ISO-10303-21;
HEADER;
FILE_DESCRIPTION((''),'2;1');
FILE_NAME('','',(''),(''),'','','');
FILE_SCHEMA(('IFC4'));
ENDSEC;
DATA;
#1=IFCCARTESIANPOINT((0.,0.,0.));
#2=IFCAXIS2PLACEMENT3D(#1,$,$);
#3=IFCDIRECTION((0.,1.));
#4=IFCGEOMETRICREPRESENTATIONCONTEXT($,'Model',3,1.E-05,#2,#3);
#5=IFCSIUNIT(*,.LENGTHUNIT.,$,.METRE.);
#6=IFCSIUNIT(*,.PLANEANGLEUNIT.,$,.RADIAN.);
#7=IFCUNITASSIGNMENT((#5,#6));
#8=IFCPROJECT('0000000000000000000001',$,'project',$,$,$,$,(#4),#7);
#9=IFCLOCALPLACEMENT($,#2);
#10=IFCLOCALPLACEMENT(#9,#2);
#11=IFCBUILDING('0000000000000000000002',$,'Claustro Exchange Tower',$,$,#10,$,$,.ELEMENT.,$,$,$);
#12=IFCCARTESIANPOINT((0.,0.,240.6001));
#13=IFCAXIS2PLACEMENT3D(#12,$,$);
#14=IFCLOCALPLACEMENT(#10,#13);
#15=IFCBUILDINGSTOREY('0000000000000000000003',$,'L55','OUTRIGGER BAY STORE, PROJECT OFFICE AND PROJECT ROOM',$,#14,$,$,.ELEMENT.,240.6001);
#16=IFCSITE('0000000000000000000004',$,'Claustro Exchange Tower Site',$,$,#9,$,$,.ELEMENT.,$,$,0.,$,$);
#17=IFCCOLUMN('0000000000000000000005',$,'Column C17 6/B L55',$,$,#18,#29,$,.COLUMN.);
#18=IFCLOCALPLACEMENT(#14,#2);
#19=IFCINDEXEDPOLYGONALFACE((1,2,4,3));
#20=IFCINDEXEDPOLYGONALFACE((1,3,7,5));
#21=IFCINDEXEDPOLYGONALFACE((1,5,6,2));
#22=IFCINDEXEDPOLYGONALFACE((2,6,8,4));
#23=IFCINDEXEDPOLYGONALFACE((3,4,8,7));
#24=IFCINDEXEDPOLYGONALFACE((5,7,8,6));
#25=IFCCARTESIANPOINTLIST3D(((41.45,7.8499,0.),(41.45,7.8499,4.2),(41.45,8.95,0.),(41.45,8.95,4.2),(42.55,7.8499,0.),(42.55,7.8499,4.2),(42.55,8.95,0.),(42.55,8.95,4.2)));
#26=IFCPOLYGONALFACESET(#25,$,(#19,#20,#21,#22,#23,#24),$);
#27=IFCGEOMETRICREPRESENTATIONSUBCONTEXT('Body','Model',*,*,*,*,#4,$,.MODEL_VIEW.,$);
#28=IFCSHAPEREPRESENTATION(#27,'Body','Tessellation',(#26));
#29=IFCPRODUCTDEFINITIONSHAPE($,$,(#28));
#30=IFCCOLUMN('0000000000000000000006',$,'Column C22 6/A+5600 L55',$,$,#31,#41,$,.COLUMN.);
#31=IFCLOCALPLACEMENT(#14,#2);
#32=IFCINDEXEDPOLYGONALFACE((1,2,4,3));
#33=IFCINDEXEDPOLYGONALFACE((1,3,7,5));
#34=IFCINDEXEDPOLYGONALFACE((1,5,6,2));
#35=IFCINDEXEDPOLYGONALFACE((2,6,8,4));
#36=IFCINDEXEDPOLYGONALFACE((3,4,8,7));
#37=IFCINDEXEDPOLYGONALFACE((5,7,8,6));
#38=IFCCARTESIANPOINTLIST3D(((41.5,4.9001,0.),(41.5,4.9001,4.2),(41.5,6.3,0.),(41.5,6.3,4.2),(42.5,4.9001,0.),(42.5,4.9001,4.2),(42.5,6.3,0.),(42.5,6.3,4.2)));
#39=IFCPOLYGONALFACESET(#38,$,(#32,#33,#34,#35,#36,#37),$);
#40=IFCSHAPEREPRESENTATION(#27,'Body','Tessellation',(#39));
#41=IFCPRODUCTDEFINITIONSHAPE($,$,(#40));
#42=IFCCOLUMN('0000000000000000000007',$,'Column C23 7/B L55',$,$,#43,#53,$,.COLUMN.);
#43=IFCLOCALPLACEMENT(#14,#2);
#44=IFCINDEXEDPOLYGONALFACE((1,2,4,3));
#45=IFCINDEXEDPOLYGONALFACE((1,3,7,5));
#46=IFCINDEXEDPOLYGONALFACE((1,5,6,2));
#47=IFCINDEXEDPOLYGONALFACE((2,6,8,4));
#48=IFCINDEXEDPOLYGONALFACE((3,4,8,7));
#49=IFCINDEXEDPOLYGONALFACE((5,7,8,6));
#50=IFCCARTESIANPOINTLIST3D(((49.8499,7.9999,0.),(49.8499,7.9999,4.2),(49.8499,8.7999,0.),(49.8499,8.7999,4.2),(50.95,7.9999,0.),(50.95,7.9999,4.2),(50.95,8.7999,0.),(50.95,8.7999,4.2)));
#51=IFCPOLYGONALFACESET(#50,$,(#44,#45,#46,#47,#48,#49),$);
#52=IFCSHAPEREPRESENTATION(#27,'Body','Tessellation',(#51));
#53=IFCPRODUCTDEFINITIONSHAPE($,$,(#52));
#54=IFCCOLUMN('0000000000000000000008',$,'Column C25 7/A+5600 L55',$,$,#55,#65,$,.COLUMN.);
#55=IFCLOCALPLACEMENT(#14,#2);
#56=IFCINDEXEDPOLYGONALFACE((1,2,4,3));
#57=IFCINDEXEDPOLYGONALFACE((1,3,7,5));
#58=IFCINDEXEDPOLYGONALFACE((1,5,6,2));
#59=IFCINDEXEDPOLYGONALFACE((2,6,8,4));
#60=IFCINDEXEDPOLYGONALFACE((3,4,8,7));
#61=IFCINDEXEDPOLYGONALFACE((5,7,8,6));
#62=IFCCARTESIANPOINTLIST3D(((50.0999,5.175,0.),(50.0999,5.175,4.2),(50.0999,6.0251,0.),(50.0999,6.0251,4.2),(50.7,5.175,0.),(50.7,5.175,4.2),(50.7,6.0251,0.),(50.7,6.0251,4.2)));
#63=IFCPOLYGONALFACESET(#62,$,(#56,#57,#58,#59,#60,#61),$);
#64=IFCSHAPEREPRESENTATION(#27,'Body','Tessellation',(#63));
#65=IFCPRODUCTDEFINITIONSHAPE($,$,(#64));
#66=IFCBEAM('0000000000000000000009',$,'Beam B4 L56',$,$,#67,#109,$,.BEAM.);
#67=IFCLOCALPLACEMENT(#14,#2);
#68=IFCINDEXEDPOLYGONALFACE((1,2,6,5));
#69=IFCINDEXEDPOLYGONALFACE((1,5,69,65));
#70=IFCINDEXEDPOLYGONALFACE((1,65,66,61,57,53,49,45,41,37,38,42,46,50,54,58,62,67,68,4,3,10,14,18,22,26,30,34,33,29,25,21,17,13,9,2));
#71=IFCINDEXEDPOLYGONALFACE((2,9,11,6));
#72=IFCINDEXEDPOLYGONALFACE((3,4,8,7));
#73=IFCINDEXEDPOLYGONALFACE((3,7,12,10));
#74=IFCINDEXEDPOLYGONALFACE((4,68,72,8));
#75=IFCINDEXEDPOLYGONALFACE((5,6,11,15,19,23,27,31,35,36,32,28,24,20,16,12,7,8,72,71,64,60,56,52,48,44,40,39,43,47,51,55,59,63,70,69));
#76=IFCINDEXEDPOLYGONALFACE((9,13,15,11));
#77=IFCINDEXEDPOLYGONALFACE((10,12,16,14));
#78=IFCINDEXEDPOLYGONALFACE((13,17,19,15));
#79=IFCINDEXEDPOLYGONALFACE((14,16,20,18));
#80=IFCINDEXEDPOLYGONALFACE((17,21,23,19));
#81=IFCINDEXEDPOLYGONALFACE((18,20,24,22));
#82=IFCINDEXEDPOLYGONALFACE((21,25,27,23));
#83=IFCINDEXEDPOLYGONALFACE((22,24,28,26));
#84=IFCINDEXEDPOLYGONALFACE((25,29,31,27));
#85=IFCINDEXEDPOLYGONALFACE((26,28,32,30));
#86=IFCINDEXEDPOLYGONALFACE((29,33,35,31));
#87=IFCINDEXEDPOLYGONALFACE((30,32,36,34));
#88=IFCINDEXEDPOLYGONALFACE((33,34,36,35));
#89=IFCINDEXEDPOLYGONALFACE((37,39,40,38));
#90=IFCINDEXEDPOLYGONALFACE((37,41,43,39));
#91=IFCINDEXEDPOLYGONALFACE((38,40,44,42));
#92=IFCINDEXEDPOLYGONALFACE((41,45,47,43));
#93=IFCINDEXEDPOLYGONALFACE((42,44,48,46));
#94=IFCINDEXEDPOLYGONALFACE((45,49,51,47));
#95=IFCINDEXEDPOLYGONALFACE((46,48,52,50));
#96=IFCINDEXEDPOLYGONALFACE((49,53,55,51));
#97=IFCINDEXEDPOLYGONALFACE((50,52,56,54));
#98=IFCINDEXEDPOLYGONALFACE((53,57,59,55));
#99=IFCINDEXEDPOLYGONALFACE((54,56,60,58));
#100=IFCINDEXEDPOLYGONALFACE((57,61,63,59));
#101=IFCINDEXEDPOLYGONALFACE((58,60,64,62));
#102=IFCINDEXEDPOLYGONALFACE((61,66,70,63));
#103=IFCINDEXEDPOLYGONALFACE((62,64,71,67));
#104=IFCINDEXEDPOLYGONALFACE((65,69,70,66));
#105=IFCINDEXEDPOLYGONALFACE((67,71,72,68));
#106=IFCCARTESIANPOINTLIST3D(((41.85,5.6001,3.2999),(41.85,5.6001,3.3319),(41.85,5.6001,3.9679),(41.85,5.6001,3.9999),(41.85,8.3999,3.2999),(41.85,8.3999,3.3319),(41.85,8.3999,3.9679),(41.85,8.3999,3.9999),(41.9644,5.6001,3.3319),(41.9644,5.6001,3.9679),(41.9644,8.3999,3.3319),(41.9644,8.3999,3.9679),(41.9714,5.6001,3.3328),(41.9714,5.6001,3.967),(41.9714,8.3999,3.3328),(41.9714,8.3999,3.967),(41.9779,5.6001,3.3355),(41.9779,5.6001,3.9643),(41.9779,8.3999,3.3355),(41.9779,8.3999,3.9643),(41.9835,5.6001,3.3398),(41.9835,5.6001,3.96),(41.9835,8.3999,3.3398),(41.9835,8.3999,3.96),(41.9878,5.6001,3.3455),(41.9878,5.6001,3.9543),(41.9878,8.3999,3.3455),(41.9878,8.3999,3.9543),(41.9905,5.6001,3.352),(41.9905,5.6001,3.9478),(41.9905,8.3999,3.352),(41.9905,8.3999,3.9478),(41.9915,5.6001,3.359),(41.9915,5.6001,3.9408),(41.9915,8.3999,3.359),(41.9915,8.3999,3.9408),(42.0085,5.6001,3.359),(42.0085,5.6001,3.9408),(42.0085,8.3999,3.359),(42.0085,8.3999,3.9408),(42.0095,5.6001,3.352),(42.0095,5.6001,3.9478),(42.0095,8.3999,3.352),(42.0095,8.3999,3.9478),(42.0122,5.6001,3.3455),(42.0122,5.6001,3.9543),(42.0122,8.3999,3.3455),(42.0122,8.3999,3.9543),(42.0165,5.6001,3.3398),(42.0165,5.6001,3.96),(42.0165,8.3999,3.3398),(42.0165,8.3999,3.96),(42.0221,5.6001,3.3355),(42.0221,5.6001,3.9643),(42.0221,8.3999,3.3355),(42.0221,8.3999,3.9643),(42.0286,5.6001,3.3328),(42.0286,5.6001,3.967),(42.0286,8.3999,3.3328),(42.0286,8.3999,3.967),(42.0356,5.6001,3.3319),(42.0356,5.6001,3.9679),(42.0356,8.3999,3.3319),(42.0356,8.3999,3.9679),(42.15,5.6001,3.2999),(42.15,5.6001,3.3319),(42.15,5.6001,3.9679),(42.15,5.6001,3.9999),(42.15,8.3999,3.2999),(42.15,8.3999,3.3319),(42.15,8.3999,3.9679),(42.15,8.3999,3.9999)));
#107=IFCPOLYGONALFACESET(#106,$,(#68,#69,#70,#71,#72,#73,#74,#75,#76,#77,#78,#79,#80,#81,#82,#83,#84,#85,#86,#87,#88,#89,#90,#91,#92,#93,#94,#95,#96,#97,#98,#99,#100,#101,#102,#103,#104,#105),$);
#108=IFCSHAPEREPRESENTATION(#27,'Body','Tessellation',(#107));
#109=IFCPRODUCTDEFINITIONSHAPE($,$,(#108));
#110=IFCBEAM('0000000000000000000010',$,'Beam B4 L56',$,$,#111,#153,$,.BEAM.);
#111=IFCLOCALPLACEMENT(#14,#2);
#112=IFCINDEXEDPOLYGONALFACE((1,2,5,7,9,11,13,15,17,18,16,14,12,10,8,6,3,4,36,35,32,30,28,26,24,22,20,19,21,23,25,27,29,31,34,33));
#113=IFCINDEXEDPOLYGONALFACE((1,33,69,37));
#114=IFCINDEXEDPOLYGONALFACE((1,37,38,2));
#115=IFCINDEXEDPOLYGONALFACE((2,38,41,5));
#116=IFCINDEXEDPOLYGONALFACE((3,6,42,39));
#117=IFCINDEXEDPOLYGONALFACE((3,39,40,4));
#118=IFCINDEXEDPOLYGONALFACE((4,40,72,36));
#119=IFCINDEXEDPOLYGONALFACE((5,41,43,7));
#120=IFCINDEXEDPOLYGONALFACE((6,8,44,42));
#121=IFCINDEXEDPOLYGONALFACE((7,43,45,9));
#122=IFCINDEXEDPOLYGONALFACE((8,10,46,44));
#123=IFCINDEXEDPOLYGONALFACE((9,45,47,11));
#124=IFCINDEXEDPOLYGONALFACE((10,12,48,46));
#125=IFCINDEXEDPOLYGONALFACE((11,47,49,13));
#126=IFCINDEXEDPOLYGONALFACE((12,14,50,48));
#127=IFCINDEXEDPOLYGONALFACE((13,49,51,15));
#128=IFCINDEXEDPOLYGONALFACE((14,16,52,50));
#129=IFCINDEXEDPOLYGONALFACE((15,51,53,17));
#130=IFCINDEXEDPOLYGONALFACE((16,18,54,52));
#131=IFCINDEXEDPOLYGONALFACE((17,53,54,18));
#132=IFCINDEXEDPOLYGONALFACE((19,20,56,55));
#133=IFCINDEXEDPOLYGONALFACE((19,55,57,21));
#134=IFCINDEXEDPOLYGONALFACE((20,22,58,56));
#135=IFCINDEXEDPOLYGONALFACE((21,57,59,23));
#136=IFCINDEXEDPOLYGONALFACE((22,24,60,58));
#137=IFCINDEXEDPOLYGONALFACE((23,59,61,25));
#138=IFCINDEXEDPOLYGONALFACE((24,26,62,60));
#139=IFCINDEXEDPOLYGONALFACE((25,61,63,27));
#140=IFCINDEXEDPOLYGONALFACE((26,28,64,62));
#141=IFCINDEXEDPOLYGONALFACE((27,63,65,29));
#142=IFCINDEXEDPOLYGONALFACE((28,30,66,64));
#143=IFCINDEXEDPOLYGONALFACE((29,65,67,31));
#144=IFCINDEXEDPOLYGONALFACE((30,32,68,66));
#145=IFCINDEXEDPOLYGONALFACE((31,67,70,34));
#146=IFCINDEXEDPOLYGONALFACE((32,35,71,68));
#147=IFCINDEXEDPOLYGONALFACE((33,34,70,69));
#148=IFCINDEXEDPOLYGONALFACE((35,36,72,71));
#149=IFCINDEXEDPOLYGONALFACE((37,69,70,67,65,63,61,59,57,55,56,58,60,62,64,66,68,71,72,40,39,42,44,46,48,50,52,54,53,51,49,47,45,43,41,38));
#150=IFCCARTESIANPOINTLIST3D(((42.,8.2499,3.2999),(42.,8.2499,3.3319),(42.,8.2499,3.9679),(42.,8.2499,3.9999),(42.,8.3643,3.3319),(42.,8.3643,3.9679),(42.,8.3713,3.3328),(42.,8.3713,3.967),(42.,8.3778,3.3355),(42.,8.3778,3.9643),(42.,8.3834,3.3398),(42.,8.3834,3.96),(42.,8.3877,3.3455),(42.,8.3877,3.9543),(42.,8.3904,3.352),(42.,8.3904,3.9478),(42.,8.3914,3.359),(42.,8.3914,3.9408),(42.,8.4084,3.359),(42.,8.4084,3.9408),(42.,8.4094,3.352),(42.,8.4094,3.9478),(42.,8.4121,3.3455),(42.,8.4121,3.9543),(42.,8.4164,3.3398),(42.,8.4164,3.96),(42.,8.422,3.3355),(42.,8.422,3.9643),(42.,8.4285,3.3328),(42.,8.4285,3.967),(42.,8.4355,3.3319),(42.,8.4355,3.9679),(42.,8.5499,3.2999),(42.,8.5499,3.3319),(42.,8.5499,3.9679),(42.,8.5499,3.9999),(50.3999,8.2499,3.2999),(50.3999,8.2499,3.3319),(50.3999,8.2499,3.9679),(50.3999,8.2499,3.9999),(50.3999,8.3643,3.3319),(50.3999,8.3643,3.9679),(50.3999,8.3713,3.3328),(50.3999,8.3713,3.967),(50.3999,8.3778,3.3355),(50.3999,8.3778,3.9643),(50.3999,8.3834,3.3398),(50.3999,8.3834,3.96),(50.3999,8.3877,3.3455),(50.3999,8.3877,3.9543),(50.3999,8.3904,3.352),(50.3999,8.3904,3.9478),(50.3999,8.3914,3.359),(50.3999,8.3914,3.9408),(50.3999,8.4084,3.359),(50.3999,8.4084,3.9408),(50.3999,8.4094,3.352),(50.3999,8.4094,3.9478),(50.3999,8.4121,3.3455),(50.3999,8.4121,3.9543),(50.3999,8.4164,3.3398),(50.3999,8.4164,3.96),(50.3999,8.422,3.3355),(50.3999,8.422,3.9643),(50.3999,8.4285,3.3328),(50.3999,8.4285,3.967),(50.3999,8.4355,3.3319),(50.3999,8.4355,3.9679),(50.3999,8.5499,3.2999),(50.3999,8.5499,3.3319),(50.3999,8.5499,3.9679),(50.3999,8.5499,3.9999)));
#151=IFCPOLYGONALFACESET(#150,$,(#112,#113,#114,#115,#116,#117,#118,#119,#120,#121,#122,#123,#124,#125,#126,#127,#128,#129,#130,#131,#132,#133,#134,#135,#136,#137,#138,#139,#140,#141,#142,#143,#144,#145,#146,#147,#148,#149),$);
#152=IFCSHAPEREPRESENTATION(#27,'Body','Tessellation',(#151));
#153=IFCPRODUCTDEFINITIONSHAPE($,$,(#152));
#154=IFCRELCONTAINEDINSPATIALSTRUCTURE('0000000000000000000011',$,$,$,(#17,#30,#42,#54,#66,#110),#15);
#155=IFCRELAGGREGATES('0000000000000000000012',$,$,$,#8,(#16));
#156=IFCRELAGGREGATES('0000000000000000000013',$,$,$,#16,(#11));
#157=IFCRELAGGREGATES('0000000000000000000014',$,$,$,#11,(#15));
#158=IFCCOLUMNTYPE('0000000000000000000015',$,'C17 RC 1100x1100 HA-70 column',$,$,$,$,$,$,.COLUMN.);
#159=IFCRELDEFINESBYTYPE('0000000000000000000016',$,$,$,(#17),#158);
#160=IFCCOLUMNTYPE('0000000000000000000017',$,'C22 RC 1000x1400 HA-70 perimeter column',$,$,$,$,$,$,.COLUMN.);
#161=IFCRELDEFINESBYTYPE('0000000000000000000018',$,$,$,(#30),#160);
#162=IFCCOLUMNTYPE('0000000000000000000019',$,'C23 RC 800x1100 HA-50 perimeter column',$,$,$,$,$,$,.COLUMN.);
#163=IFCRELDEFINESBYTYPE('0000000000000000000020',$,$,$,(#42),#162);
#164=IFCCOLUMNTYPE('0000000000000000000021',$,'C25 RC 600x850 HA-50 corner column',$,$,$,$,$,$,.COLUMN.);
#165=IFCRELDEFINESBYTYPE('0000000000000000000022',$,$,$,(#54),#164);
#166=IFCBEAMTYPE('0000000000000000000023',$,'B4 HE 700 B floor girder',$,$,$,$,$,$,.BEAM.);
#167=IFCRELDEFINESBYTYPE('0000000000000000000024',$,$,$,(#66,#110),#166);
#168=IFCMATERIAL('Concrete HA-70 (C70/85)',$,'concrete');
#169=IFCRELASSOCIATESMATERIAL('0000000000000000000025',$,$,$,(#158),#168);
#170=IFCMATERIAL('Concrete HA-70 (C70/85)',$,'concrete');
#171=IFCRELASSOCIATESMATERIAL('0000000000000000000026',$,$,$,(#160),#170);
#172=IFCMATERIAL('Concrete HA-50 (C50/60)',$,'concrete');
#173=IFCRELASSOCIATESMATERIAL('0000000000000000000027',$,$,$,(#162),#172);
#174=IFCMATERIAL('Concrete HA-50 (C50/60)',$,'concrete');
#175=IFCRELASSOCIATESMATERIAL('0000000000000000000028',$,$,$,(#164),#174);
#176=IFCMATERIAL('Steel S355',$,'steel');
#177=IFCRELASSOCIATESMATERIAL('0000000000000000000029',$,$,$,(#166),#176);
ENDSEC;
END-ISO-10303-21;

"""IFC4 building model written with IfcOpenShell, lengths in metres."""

from ifc_helpers import new_model, si_unit, direction, frame, origin, origin_2d, place, context, subcontext, project, spatial, rectangle, i_section, extrude, material, material_profile, profile_set, type_object, element, save


model = new_model("IFC4")

# Units and contexts
model_context = context("Model", 3, precision=1e-05, world=origin(), true_north=direction((0.0, 1.0)))
body_context = subcontext(model_context, "Body", "Model", "MODEL_VIEW")
ifc_project = project(units=[si_unit("LENGTHUNIT", "METRE"), si_unit("PLANEANGLEUNIT", "RADIAN")], contexts=[model_context])

# Site, building, storey
site_placement = place(None, origin())
site = spatial("IfcSite", under=ifc_project, at=site_placement, Name="Claustro Exchange Tower Site", CompositionType="ELEMENT", RefElevation=0.0)
building_placement = place(site_placement, origin())
building = spatial("IfcBuilding", under=site, at=building_placement, Name="Claustro Exchange Tower", CompositionType="ELEMENT")
storey_placement = place(building_placement, frame((0.0, 0.0, 240.6001)))
storey = spatial("IfcBuildingStorey", under=building, at=storey_placement, Name="L55", Description="OUTRIGGER BAY STORE, PROJECT OFFICE AND PROJECT ROOM", CompositionType="ELEMENT", Elevation=240.6001)

# Columns
ifc_material_1 = material(Name="Concrete HA-70 (C70/85)", Category="concrete")
ifc_material_profile_1 = material_profile(ifc_material_1, rectangle(XDim=1.1001, YDim=1.1001, at=origin_2d()), Name="RC 1100x1100")
ifc_profile_set_1 = profile_set([ifc_material_profile_1], Name="Concrete HA-70 (C70/85)")
column_type_1 = type_object("IfcColumnType", Name="C17 RC 1100x1100 HA-70 column", PredefinedType="COLUMN", material=ifc_profile_set_1)
column_1_placement = place(storey_placement, frame((42.0, 8.3999, 0.0), z_axis=(0.0, 0.0, 1.0), x_axis=(1.0, 0.0, 0.0)))
element("IfcColumn", 1, at=column_1_placement, inside=storey, type_object=column_type_1, Name="Column C17 6/B L55", PredefinedType="COLUMN", context=body_context, shape_type="SweptSolid", body=[
    extrude(rectangle(XDim=1.1001, YDim=1.1001, at=origin_2d()), origin(), (0.0, 0.0, 1.0), 4.2),
])
ifc_material_2 = material(Name="Concrete HA-70 (C70/85)", Category="concrete")
ifc_material_profile_2 = material_profile(ifc_material_2, rectangle(XDim=1.0, YDim=1.3999, at=origin_2d()), Name="RC 1000x1400")
ifc_profile_set_2 = profile_set([ifc_material_profile_2], Name="Concrete HA-70 (C70/85)")
column_type_2 = type_object("IfcColumnType", Name="C22 RC 1000x1400 HA-70 perimeter column", PredefinedType="COLUMN", material=ifc_profile_set_2)
column_2_placement = place(storey_placement, frame((42.0, 5.6001, 0.0), z_axis=(0.0, 0.0, 1.0), x_axis=(1.0, 0.0, 0.0)))
element("IfcColumn", 2, at=column_2_placement, inside=storey, type_object=column_type_2, Name="Column C22 6/A+5600 L55", PredefinedType="COLUMN", context=body_context, shape_type="SweptSolid", body=[
    extrude(rectangle(XDim=1.0, YDim=1.3999, at=origin_2d()), origin(), (0.0, 0.0, 1.0), 4.2),
])
ifc_material_3 = material(Name="Concrete HA-50 (C50/60)", Category="concrete")
ifc_material_profile_3 = material_profile(ifc_material_3, rectangle(XDim=0.8, YDim=1.1001, at=origin_2d()), Name="RC 800x1100")
ifc_profile_set_3 = profile_set([ifc_material_profile_3], Name="Concrete HA-50 (C50/60)")
column_type_3 = type_object("IfcColumnType", Name="C23 RC 800x1100 HA-50 perimeter column", PredefinedType="COLUMN", material=ifc_profile_set_3)
column_3_placement = place(storey_placement, frame((50.3999, 8.3999, 0.0), z_axis=(0.0, 0.0, 1.0), x_axis=(0.0, 1.0, 0.0)))
element("IfcColumn", 3, at=column_3_placement, inside=storey, type_object=column_type_3, Name="Column C23 7/B L55", PredefinedType="COLUMN", context=body_context, shape_type="SweptSolid", body=[
    extrude(rectangle(XDim=0.8, YDim=1.1001, at=origin_2d()), origin(), (0.0, 0.0, 1.0), 4.2),
])
ifc_material_4 = material(Name="Concrete HA-50 (C50/60)", Category="concrete")
ifc_material_profile_4 = material_profile(ifc_material_4, rectangle(XDim=0.6001, YDim=0.8501, at=origin_2d()), Name="RC 600x850")
ifc_profile_set_4 = profile_set([ifc_material_profile_4], Name="Concrete HA-50 (C50/60)")
column_type_4 = type_object("IfcColumnType", Name="C25 RC 600x850 HA-50 corner column", PredefinedType="COLUMN", material=ifc_profile_set_4)
column_4_placement = place(storey_placement, frame((50.3999, 5.6001, 0.0), z_axis=(0.0, 0.0, 1.0), x_axis=(1.0, 0.0, 0.0)))
element("IfcColumn", 4, at=column_4_placement, inside=storey, type_object=column_type_4, Name="Column C25 7/A+5600 L55", PredefinedType="COLUMN", context=body_context, shape_type="SweptSolid", body=[
    extrude(rectangle(XDim=0.6001, YDim=0.8501, at=origin_2d()), origin(), (0.0, 0.0, 1.0), 4.2),
])

# Beams
ifc_material_5 = material(Name="Steel S355", Category="steel")
ifc_material_profile_5 = material_profile(ifc_material_5, i_section(OverallWidth=0.3, OverallDepth=0.7, WebThickness=0.0171, FlangeThickness=0.032, FilletRadius=0.0271, at=origin_2d()), Name="HE 700 B")
ifc_profile_set_5 = profile_set([ifc_material_profile_5], Name="Steel S355")
beam_type_1 = type_object("IfcBeamType", Name="B4 HE 700 B floor girder", PredefinedType="BEAM", material=ifc_profile_set_5)
beam_1_placement = place(storey_placement, frame((42.0, 5.6001, 3.6499), z_axis=(0.0, 1.0, 0.0), x_axis=(-1.0, 0.0, 0.0)))
element("IfcBeam", 5, at=beam_1_placement, inside=storey, type_object=beam_type_1, Name="Beam B4 L56", PredefinedType="BEAM", context=body_context, shape_type="SweptSolid", body=[
    extrude(i_section(OverallWidth=0.3, OverallDepth=0.7, WebThickness=0.0171, FlangeThickness=0.032, FilletRadius=0.0271, at=origin_2d()), origin(), (0.0, 0.0, 1.0), 2.7998),
])
beam_2_placement = place(storey_placement, frame((42.0, 8.3999, 3.6499), z_axis=(1.0, 0.0, 0.0), x_axis=(0.0, 1.0, 0.0)))
element("IfcBeam", 6, at=beam_2_placement, inside=storey, type_object=beam_type_1, Name="Beam B4 L56", PredefinedType="BEAM", context=body_context, shape_type="SweptSolid", body=[
    extrude(i_section(OverallWidth=0.3, OverallDepth=0.7, WebThickness=0.0171, FlangeThickness=0.032, FilletRadius=0.0271, at=origin_2d()), origin(), (0.0, 0.0, 1.0), 8.3999),
])

save(model, "model.ifc")
